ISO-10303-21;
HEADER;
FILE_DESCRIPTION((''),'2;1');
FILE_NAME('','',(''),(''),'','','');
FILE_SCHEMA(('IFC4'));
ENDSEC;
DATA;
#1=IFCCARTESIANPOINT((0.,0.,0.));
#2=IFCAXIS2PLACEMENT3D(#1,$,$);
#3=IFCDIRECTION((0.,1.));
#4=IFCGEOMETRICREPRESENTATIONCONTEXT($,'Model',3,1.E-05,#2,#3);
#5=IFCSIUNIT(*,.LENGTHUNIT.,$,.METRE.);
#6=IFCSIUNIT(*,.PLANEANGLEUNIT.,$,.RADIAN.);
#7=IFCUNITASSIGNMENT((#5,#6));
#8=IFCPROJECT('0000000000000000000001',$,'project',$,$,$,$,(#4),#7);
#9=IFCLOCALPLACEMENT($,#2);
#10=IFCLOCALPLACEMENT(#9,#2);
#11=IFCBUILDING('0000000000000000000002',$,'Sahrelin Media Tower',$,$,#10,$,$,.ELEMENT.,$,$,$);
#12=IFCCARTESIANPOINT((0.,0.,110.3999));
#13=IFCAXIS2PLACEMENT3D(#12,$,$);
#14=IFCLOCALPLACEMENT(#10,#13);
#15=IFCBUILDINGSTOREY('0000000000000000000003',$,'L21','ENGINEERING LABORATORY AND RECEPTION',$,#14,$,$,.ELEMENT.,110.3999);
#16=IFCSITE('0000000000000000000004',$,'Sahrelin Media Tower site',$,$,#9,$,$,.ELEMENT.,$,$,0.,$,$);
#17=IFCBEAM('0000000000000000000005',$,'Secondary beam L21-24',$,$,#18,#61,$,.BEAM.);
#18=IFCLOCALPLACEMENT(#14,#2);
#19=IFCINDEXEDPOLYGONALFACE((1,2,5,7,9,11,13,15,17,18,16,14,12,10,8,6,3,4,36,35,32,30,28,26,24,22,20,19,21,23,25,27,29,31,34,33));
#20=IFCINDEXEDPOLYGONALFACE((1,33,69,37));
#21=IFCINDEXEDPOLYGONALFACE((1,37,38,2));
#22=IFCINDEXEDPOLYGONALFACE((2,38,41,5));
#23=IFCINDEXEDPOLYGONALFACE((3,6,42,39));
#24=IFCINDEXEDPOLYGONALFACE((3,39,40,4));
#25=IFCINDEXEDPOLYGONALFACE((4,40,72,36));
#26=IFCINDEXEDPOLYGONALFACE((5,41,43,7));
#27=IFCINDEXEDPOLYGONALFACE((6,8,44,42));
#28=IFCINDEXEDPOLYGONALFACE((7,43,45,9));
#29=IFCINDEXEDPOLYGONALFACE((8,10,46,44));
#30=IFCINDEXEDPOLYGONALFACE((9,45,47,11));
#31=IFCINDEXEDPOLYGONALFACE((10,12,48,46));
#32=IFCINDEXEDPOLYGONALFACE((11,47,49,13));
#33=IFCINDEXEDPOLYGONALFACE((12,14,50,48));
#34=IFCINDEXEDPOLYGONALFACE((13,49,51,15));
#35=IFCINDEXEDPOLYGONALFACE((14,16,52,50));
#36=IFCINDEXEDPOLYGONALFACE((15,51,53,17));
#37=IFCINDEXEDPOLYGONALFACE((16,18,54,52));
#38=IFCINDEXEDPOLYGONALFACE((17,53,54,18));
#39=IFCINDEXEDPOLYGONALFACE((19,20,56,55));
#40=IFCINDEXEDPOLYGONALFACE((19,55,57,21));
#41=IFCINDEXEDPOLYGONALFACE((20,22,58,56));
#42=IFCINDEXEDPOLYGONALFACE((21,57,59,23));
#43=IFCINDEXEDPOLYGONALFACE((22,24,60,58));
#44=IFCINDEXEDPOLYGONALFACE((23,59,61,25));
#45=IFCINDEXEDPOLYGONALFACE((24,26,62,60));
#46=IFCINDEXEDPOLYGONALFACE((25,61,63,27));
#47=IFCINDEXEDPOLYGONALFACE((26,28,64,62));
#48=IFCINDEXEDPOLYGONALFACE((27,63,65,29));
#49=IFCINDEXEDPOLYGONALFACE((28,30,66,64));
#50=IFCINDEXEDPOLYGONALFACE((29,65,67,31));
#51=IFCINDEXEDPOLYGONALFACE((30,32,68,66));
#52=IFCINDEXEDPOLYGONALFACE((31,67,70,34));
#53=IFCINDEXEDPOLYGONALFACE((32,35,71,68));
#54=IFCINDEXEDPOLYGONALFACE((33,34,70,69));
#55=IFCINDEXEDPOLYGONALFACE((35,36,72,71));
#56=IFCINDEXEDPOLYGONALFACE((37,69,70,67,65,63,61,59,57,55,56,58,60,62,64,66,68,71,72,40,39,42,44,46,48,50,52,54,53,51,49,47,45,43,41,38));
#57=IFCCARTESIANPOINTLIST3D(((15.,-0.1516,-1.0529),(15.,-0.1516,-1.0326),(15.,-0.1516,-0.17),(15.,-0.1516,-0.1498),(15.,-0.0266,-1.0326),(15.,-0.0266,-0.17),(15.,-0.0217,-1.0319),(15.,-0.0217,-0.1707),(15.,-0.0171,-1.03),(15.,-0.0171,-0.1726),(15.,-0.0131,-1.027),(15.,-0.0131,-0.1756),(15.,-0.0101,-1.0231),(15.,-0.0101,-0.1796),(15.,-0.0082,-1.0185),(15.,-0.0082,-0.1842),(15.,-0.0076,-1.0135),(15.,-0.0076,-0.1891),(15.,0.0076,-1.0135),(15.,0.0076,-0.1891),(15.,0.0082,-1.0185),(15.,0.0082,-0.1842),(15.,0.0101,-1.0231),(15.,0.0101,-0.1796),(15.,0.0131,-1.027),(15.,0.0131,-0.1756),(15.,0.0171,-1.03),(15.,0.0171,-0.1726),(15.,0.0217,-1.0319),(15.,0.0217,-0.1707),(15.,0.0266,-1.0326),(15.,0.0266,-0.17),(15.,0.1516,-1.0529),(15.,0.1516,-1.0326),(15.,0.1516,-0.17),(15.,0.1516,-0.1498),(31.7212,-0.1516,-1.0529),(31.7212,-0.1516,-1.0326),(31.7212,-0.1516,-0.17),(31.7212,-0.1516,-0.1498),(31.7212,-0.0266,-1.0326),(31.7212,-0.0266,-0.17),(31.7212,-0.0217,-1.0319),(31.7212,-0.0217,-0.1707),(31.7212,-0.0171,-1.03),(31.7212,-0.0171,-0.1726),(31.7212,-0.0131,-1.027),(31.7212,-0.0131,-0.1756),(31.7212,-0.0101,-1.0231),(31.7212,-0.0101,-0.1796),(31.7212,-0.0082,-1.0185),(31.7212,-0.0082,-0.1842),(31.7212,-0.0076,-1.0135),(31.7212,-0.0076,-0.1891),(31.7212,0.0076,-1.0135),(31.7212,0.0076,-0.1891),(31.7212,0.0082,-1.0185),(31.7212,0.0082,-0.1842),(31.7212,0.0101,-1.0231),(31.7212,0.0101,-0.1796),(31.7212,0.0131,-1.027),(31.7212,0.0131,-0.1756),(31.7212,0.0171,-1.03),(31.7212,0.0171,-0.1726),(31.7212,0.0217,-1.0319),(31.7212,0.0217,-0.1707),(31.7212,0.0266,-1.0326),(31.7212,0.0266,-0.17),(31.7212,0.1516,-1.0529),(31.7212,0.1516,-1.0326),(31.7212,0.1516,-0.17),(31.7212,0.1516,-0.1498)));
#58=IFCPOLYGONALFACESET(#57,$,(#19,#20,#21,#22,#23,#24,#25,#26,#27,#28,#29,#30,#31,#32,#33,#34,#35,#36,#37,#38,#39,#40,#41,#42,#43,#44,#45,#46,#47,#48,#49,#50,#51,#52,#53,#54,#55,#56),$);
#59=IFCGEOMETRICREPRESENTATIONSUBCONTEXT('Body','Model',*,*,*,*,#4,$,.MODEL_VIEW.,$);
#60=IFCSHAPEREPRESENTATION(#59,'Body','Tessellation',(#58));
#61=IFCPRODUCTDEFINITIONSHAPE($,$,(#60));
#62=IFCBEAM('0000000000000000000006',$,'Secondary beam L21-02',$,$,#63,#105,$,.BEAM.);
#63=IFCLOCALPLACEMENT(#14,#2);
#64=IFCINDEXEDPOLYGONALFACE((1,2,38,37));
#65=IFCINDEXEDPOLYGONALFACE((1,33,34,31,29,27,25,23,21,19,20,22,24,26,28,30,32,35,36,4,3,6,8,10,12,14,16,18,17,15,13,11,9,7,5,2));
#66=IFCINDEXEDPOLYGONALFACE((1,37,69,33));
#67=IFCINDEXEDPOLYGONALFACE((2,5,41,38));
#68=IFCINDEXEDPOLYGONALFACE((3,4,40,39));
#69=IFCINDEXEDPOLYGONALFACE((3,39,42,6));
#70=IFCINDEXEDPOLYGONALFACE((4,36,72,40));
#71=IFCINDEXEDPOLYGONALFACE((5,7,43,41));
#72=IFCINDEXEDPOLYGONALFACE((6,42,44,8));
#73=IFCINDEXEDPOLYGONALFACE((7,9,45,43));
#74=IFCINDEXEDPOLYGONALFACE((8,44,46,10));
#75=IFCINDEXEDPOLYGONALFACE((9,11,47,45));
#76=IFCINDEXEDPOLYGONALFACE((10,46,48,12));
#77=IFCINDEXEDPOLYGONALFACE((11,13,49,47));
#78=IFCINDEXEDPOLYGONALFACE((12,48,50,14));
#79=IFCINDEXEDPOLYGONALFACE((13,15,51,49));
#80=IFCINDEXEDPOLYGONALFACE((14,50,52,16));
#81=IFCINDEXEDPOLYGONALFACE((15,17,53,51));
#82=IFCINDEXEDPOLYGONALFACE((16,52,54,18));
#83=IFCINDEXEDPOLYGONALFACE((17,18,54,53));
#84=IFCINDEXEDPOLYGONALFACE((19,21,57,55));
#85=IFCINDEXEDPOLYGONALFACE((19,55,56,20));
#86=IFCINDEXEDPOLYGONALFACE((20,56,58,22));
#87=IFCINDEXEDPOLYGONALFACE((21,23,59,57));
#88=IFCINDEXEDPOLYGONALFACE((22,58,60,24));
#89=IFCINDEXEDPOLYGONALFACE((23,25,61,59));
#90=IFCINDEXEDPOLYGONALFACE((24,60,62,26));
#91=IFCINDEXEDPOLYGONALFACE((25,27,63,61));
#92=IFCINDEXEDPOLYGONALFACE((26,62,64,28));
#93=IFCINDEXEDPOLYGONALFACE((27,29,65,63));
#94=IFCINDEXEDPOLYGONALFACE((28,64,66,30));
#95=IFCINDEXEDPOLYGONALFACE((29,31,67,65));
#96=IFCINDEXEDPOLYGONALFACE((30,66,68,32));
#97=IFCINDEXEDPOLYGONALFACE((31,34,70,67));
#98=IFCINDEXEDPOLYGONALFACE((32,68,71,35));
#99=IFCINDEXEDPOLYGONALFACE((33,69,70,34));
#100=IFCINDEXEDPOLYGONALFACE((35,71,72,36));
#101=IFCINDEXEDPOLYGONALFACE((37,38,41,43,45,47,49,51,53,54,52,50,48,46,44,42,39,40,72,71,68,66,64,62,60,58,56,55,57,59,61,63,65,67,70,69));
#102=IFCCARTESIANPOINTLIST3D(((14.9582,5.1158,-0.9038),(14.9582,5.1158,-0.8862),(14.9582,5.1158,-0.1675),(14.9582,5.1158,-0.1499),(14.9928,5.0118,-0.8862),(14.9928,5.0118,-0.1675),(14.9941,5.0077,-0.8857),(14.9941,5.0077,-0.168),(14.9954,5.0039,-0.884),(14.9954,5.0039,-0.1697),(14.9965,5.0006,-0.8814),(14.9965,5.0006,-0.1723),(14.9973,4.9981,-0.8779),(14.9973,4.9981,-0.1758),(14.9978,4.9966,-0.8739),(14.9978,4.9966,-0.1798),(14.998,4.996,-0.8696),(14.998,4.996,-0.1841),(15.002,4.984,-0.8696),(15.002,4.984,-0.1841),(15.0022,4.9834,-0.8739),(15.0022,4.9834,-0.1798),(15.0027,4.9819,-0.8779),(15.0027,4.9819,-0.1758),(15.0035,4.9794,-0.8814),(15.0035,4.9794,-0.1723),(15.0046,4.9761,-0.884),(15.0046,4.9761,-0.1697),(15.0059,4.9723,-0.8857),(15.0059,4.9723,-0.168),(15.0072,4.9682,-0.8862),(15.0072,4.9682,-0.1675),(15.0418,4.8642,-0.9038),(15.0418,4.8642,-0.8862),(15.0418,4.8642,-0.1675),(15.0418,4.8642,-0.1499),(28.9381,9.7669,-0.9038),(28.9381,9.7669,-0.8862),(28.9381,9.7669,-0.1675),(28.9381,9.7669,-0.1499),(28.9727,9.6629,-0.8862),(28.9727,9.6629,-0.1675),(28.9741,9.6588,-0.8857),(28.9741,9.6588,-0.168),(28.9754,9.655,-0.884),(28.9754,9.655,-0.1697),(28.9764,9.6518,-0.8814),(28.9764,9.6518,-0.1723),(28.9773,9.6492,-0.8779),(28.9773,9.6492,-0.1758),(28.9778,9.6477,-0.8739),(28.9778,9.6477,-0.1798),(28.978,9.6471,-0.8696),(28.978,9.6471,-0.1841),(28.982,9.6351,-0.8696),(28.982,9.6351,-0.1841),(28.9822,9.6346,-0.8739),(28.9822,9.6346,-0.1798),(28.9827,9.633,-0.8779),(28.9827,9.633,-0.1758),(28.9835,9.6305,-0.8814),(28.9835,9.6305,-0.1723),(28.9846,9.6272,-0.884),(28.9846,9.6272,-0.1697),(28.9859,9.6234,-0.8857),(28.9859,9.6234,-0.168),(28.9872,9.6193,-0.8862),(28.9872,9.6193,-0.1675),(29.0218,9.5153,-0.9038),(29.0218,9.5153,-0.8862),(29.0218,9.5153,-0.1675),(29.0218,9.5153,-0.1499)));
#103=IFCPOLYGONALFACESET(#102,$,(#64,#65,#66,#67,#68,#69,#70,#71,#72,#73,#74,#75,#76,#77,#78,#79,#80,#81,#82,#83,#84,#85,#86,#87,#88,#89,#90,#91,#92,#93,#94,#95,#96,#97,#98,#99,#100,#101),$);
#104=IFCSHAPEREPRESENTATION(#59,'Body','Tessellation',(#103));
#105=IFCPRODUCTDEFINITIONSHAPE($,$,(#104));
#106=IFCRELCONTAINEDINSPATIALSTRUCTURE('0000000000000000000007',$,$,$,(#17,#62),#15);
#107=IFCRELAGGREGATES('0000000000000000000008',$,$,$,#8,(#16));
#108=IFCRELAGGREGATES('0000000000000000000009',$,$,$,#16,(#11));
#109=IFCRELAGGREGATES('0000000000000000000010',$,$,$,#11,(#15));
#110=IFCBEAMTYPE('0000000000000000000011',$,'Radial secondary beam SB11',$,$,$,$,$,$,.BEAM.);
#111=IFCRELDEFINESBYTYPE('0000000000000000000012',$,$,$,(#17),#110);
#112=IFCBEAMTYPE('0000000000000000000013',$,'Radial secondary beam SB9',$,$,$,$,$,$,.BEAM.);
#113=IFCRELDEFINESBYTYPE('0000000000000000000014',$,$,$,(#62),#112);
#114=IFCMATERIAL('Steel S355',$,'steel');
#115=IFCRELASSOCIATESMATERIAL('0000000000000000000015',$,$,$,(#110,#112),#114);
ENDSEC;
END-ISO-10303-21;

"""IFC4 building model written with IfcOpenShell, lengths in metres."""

from ifc_helpers import new_model, si_unit, direction, frame, origin, origin_2d, place, context, subcontext, project, spatial, i_section, extrude, material, material_profile, profile_set, type_object, element, save


model = new_model("IFC4")

# Units and contexts
model_context = context("Model", 3, precision=1e-05, world=origin(), true_north=direction((0.0, 1.0)))
body_context = subcontext(model_context, "Body", "Model", "MODEL_VIEW")
ifc_project = project(units=[si_unit("LENGTHUNIT", "METRE"), si_unit("PLANEANGLEUNIT", "RADIAN")], contexts=[model_context])

# Site, building, storey
site_placement = place(None, origin())
site = spatial("IfcSite", under=ifc_project, at=site_placement, Name="Sahrelin Media Tower site", CompositionType="ELEMENT", RefElevation=0.0)
building_placement = place(site_placement, origin())
building = spatial("IfcBuilding", under=site, at=building_placement, Name="Sahrelin Media Tower", CompositionType="ELEMENT")
storey_placement = place(building_placement, frame((0.0, 0.0, 110.3999)))
storey = spatial("IfcBuildingStorey", under=building, at=storey_placement, Name="L21", Description="ENGINEERING LABORATORY AND RECEPTION", CompositionType="ELEMENT", Elevation=110.3999)

# Beams
ifc_material_1 = material(Name="Steel S355", Category="steel")
ifc_material_profile_1 = material_profile(ifc_material_1, i_section(OverallWidth=0.3032, OverallDepth=0.9031, WebThickness=0.0151, FlangeThickness=0.0203, FilletRadius=0.019, at=origin_2d()), Name="UB 914x305x201")
ifc_profile_set_1 = profile_set([ifc_material_profile_1], Name="Steel S355")
beam_type_1 = type_object("IfcBeamType", Name="Radial secondary beam SB11", PredefinedType="BEAM", material=ifc_profile_set_1)
beam_1_placement = place(storey_placement, frame((15.0, 0.0, -0.6013), z_axis=(1.0, 0.0, 0.0), x_axis=(0.0, 1.0, 0.0)))
element("IfcBeam", 1, at=beam_1_placement, inside=storey, type_object=beam_type_1, Name="Secondary beam L21-24", PredefinedType="BEAM", context=body_context, shape_type="SweptSolid", body=[
    extrude(i_section(OverallWidth=0.3032, OverallDepth=0.9031, WebThickness=0.0151, FlangeThickness=0.0203, FilletRadius=0.019, at=origin_2d()), origin(), (0.0, 0.0, 1.0), 16.7212),
])
ifc_material_profile_2 = material_profile(ifc_material_1, i_section(OverallWidth=0.2651, OverallDepth=0.7539, WebThickness=0.0127, FlangeThickness=0.0176, FilletRadius=0.0166, at=origin_2d()), Name="UB 762x267x147")
ifc_profile_set_2 = profile_set([ifc_material_profile_2], Name="Steel S355")
beam_type_2 = type_object("IfcBeamType", Name="Radial secondary beam SB9", PredefinedType="BEAM", material=ifc_profile_set_2)
beam_2_placement = place(storey_placement, frame((15.0, 4.99, -0.5269), z_axis=(0.948864, 0.315686, 0.0), x_axis=(-0.315686, 0.948864, 0.0)))
element("IfcBeam", 2, at=beam_2_placement, inside=storey, type_object=beam_type_2, Name="Secondary beam L21-02", PredefinedType="BEAM", context=body_context, shape_type="SweptSolid", body=[
    extrude(i_section(OverallWidth=0.2651, OverallDepth=0.7539, WebThickness=0.0127, FlangeThickness=0.0176, FilletRadius=0.0166, at=origin_2d()), origin(), (0.0, 0.0, 1.0), 14.7334),
])

save(model, "model.ifc")
